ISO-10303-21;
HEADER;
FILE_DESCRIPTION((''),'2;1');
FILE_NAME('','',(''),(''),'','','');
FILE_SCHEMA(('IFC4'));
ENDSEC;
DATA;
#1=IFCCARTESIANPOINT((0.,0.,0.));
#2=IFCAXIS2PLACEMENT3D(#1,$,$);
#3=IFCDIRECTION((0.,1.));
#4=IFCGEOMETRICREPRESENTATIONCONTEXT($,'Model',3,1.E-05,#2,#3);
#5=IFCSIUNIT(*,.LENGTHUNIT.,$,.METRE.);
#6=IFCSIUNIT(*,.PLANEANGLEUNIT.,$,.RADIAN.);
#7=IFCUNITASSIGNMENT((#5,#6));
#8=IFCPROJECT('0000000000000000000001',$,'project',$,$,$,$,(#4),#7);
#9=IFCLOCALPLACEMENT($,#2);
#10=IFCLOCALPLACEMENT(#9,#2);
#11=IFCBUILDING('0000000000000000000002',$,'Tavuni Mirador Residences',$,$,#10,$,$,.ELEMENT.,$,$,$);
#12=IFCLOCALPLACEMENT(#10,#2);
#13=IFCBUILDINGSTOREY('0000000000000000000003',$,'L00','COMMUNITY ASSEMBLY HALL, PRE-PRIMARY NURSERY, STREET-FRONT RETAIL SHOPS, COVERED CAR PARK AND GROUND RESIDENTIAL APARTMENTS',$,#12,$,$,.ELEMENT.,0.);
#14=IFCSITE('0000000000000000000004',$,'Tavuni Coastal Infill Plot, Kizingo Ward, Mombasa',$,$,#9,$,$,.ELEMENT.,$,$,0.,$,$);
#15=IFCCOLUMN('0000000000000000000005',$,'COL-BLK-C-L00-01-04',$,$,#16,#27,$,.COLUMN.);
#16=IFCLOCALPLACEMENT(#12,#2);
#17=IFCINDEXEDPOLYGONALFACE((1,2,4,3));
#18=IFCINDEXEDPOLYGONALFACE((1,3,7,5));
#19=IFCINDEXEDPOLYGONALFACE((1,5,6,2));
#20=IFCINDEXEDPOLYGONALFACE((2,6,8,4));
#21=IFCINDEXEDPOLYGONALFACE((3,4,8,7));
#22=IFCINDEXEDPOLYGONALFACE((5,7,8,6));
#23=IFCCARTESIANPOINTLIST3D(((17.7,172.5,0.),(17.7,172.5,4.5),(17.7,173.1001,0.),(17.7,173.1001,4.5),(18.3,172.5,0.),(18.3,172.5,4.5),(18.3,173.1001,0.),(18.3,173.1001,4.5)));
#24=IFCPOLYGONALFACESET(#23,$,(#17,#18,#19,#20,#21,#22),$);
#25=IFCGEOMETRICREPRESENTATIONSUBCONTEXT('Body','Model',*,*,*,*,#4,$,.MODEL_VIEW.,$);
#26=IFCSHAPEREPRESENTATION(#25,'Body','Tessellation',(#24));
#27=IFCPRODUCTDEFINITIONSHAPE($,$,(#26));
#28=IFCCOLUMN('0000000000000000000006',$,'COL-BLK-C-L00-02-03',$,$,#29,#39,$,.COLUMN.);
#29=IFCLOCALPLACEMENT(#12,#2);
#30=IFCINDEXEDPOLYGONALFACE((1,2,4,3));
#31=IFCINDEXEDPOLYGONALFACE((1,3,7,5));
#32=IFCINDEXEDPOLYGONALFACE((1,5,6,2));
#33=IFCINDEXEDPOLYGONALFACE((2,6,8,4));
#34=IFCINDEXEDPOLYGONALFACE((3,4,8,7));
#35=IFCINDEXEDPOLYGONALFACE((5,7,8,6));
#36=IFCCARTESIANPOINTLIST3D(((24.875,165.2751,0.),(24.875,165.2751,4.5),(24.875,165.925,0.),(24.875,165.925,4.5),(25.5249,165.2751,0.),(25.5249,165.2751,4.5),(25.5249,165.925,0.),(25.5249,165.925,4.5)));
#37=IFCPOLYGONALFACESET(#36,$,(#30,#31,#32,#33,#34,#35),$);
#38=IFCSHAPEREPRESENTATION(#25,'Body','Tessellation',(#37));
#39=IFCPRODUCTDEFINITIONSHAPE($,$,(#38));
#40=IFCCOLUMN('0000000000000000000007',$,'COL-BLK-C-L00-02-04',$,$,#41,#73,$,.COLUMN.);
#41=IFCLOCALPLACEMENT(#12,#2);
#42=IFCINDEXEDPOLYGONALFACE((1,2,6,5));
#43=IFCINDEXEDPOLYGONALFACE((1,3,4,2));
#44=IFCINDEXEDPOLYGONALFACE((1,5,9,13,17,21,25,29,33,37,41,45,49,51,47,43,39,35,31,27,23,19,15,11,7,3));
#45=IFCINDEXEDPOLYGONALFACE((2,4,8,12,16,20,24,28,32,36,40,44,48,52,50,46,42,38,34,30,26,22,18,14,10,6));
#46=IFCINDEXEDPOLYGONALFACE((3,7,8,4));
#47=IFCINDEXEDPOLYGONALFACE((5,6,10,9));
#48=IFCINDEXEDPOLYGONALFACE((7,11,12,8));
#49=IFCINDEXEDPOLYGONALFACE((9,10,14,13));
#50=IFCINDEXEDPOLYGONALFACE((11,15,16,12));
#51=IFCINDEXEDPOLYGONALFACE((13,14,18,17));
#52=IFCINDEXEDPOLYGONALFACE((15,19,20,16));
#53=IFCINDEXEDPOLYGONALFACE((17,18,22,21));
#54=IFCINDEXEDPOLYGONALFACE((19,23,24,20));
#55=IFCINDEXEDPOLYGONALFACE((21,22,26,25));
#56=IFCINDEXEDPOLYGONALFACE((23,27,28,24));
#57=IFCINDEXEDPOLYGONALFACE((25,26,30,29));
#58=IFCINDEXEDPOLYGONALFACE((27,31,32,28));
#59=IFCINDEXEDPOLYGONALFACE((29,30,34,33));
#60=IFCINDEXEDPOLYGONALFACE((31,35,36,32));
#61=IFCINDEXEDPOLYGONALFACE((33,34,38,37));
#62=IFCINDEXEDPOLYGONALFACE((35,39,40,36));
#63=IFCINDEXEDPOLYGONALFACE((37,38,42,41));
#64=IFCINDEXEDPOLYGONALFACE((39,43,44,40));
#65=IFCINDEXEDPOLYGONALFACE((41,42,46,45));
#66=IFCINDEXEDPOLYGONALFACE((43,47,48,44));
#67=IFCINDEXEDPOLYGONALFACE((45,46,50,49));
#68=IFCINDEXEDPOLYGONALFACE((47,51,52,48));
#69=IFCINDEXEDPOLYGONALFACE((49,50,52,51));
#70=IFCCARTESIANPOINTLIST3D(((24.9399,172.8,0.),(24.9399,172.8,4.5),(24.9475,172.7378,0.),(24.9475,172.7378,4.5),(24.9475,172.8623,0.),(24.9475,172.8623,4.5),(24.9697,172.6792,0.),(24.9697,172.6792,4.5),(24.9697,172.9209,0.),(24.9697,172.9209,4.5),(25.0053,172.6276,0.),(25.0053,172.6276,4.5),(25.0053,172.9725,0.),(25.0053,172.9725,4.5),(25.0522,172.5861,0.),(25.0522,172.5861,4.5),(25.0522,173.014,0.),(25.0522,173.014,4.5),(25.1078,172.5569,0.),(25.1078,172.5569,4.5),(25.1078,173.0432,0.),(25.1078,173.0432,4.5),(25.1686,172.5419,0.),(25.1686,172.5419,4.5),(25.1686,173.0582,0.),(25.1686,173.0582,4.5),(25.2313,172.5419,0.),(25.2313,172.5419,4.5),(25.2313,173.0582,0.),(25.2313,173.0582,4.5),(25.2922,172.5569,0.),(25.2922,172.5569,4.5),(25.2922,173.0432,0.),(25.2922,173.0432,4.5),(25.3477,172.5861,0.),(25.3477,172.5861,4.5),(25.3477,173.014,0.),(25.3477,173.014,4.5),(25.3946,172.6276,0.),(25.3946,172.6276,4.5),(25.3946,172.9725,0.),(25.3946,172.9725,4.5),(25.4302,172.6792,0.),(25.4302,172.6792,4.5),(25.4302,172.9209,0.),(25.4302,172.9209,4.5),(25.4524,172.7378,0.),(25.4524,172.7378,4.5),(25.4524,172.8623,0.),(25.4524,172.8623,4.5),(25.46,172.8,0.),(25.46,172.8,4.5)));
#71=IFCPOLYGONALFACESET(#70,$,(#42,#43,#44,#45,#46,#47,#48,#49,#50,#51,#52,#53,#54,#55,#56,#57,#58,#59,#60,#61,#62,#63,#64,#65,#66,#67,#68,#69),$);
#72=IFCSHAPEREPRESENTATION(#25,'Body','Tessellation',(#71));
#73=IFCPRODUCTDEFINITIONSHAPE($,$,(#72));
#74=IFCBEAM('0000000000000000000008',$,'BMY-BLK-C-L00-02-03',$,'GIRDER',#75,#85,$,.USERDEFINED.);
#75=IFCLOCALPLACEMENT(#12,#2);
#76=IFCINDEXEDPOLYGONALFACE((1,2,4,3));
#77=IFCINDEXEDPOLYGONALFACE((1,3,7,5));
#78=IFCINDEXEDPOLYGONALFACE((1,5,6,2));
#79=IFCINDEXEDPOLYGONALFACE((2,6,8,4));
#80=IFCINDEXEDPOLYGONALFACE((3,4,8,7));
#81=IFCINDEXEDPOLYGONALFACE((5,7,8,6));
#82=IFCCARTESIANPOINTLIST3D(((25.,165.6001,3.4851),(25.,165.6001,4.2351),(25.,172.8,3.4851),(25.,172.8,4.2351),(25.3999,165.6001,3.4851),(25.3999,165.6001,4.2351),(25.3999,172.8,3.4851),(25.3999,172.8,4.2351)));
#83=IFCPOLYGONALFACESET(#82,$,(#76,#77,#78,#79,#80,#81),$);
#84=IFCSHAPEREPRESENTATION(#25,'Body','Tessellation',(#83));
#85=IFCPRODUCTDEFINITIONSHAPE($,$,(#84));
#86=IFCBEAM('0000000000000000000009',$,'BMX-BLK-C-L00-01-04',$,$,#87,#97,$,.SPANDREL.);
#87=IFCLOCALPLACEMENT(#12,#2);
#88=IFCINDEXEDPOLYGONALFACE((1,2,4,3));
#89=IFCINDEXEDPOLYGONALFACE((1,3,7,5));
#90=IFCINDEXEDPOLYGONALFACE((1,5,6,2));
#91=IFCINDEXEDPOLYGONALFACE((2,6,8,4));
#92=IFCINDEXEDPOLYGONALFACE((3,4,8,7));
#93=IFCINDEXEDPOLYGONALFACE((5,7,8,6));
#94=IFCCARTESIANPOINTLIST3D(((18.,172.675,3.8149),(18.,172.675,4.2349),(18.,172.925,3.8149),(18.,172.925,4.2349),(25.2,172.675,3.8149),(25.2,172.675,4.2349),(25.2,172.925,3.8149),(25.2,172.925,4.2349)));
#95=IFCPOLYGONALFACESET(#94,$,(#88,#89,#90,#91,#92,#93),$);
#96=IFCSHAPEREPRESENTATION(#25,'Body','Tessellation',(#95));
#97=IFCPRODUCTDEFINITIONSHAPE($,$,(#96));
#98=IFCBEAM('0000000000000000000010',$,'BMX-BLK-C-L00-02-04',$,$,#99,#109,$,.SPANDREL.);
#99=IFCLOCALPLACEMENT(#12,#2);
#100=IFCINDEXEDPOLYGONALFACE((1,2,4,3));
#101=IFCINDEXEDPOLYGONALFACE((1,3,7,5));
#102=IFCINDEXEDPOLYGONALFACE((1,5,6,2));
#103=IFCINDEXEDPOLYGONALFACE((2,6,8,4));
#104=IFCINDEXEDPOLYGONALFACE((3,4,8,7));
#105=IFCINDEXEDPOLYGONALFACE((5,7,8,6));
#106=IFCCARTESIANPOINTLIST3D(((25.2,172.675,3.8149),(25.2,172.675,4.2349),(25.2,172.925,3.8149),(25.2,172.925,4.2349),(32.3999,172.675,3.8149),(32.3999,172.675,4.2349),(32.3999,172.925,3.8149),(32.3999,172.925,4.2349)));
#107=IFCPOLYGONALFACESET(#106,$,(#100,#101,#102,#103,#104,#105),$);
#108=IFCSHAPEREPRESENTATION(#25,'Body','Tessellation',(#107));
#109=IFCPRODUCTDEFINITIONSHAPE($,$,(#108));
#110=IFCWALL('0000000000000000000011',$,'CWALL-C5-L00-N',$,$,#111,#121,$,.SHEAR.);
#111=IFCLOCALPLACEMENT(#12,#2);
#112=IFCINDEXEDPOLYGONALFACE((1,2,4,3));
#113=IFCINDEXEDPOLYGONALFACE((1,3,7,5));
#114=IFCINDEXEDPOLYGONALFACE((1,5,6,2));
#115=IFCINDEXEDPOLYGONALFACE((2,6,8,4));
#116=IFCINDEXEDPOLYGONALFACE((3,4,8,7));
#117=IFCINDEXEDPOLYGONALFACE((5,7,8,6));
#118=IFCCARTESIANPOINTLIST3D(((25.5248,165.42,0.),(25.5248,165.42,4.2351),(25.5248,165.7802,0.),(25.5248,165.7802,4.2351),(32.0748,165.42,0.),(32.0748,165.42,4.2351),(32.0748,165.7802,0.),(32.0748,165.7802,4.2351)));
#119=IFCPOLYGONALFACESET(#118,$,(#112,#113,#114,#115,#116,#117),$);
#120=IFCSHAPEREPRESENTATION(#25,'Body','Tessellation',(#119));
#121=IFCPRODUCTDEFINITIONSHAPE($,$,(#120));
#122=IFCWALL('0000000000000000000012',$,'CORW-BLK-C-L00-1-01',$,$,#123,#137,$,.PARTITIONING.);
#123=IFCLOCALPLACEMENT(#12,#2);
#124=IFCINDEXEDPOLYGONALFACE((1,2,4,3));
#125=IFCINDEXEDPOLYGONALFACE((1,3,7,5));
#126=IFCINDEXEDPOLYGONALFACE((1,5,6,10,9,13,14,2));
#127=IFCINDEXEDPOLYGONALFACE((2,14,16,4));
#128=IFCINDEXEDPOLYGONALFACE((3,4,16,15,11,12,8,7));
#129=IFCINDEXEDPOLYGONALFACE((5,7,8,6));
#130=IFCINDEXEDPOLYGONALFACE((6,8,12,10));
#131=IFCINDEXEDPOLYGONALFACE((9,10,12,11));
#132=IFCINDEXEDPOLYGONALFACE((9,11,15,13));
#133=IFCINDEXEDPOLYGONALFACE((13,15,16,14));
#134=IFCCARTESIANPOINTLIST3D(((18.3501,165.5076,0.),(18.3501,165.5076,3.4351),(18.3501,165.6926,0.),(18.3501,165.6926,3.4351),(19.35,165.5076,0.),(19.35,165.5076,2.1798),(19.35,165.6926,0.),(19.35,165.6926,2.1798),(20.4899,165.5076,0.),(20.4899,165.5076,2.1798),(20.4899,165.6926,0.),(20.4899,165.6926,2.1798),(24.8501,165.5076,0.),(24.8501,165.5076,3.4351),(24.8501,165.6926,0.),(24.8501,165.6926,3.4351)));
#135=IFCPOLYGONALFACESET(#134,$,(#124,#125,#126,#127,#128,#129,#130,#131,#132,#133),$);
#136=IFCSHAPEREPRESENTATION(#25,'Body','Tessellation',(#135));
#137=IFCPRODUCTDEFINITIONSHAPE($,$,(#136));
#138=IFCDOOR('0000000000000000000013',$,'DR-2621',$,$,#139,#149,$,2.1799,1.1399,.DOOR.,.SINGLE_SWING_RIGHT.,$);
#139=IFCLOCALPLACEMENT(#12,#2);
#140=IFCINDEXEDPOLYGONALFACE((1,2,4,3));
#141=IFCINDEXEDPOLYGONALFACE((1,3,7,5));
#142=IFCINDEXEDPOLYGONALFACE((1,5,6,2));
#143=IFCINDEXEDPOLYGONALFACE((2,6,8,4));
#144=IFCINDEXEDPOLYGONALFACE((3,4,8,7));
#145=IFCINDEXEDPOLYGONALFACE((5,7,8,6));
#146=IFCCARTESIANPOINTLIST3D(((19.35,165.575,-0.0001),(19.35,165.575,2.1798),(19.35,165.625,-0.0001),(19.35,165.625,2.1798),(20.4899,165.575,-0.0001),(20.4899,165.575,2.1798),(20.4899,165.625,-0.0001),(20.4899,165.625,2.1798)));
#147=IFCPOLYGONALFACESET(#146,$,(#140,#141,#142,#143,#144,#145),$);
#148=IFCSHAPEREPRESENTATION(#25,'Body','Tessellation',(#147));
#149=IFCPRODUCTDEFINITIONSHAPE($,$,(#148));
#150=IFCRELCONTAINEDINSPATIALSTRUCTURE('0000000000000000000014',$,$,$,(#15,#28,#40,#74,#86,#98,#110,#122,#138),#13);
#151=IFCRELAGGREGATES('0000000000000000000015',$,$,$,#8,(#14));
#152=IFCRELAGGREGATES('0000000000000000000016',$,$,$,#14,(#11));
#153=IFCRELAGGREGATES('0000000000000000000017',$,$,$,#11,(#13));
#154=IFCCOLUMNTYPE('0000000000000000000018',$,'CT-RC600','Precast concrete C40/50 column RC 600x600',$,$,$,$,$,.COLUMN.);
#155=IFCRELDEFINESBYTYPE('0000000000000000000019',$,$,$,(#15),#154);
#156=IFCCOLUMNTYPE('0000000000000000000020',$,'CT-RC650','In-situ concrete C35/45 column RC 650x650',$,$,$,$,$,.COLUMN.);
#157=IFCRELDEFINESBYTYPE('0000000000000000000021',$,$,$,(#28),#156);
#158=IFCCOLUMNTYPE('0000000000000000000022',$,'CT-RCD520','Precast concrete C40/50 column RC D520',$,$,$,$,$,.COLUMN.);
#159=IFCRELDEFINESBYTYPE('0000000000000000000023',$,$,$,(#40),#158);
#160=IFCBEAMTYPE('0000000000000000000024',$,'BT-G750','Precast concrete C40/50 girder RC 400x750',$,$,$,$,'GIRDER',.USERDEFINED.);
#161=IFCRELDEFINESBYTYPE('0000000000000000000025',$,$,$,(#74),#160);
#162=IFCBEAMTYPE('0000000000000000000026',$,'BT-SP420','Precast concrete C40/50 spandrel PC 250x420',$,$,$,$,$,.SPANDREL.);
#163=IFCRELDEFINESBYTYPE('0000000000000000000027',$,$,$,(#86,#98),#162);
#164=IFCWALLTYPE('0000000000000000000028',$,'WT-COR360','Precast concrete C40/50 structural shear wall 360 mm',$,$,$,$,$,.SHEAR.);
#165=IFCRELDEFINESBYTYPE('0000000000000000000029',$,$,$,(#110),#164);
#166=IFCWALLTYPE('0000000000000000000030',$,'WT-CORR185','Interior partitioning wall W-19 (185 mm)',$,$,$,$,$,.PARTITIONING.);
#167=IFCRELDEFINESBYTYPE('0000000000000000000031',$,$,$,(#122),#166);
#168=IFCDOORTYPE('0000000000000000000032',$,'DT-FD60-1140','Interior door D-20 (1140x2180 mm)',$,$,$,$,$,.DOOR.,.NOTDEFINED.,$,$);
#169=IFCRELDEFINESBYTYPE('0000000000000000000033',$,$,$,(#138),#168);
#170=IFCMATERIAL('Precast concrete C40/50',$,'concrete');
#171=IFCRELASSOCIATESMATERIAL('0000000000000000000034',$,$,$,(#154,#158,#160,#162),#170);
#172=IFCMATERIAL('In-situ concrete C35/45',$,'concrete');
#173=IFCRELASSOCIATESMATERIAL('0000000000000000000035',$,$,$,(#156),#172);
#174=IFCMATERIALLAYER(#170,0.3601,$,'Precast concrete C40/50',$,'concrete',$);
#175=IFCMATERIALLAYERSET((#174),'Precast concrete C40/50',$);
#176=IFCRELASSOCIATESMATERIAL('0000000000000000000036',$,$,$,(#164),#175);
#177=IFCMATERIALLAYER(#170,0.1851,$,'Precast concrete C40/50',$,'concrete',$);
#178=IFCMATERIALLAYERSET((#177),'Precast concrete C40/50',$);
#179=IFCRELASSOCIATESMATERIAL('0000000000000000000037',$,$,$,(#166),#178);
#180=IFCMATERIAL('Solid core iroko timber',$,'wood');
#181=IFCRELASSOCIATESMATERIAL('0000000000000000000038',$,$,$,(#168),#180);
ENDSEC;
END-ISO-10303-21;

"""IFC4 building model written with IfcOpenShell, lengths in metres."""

from ifc_helpers import new_model, si_unit, direction, frame, frame_2d, origin, origin_2d, place, context, subcontext, project, spatial, rectangle, circle, extrude, material, layer, layer_set, material_profile, profile_set, type_object, element, fill, save


model = new_model("IFC4")

# Units and contexts
model_context = context("Model", 3, precision=1e-05, world=origin(), true_north=direction((0.0, 1.0)))
body_context = subcontext(model_context, "Body", "Model", "MODEL_VIEW")
ifc_project = project(units=[si_unit("LENGTHUNIT", "METRE"), si_unit("PLANEANGLEUNIT", "RADIAN")], contexts=[model_context])

# Site, building, storey
site_placement = place(None, origin())
site = spatial("IfcSite", under=ifc_project, at=site_placement, Name="Tavuni Coastal Infill Plot, Kizingo Ward, Mombasa", CompositionType="ELEMENT", RefElevation=0.0)
building_placement = place(site_placement, origin())
building = spatial("IfcBuilding", under=site, at=building_placement, Name="Tavuni Mirador Residences", CompositionType="ELEMENT")
storey_placement = place(building_placement, origin())
storey = spatial("IfcBuildingStorey", under=building, at=storey_placement, Name="L00", Description="COMMUNITY ASSEMBLY HALL, PRE-PRIMARY NURSERY, STREET-FRONT RETAIL SHOPS, COVERED CAR PARK AND GROUND RESIDENTIAL APARTMENTS", CompositionType="ELEMENT", Elevation=0.0)

# Columns
ifc_material_1 = material(Name="Precast concrete C40/50", Category="concrete")
ifc_material_profile_1 = material_profile(ifc_material_1, rectangle(XDim=0.6001, YDim=0.6001, at=origin_2d()), Name="RC 600x600", Category="concrete")
ifc_profile_set_1 = profile_set([ifc_material_profile_1], Name="Precast concrete C40/50")
column_type_1 = type_object("IfcColumnType", Name="CT-RC600", Description="Precast concrete C40/50 column RC 600x600", PredefinedType="COLUMN", material=ifc_profile_set_1)
column_1_placement = place(storey_placement, frame((18.0, 172.8, 0.0), z_axis=(0.0, 0.0, 1.0), x_axis=(1.0, 0.0, 0.0)))
element("IfcColumn", 1, at=column_1_placement, inside=storey, type_object=column_type_1, Name="COL-BLK-C-L00-01-04", PredefinedType="COLUMN", context=body_context, shape_type="SweptSolid", body=[
    extrude(rectangle(XDim=0.6001, YDim=0.6001, at=origin_2d()), origin(), (0.0, 0.0, 1.0), 4.5),
])
ifc_material_2 = material(Name="In-situ concrete C35/45", Category="concrete")
ifc_material_profile_2 = material_profile(ifc_material_2, rectangle(XDim=0.6499, YDim=0.6499, at=origin_2d()), Name="RC 650x650", Category="concrete")
ifc_profile_set_2 = profile_set([ifc_material_profile_2], Name="In-situ concrete C35/45")
column_type_2 = type_object("IfcColumnType", Name="CT-RC650", Description="In-situ concrete C35/45 column RC 650x650", PredefinedType="COLUMN", material=ifc_profile_set_2)
column_2_placement = place(storey_placement, frame((25.2, 165.6001, 0.0), z_axis=(0.0, 0.0, 1.0), x_axis=(1.0, 0.0, 0.0)))
element("IfcColumn", 2, at=column_2_placement, inside=storey, type_object=column_type_2, Name="COL-BLK-C-L00-02-03", PredefinedType="COLUMN", context=body_context, shape_type="SweptSolid", body=[
    extrude(rectangle(XDim=0.6499, YDim=0.6499, at=origin_2d()), origin(), (0.0, 0.0, 1.0), 4.5),
])
ifc_material_profile_3 = material_profile(ifc_material_1, circle(Radius=0.26, at=origin_2d()), Name="RC D520", Category="concrete")
ifc_profile_set_3 = profile_set([ifc_material_profile_3], Name="Precast concrete C40/50")
column_type_3 = type_object("IfcColumnType", Name="CT-RCD520", Description="Precast concrete C40/50 column RC D520", PredefinedType="COLUMN", material=ifc_profile_set_3)
column_3_placement = place(storey_placement, frame((25.2, 172.8, 0.0), z_axis=(0.0, 0.0, 1.0), x_axis=(1.0, 0.0, 0.0)))
element("IfcColumn", 3, at=column_3_placement, inside=storey, type_object=column_type_3, Name="COL-BLK-C-L00-02-04", PredefinedType="COLUMN", context=body_context, shape_type="SweptSolid", body=[
    extrude(circle(Radius=0.26, at=origin_2d()), origin(), (0.0, 0.0, 1.0), 4.5),
])

# Beams
ifc_material_profile_4 = material_profile(ifc_material_1, rectangle(XDim=0.3999, YDim=0.75, at=origin_2d()), Name="RC 400x750", Category="concrete")
ifc_profile_set_4 = profile_set([ifc_material_profile_4], Name="Precast concrete C40/50")
beam_type_1 = type_object("IfcBeamType", Name="BT-G750", Description="Precast concrete C40/50 girder RC 400x750", ElementType="GIRDER", PredefinedType="USERDEFINED", material=ifc_profile_set_4)
beam_placement = place(storey_placement, frame((25.2, 165.6001, 3.8601), z_axis=(0.0, 1.0, 0.0), x_axis=(-1.0, 0.0, 0.0)))
element("IfcBeam", 4, at=beam_placement, inside=storey, type_object=beam_type_1, Name="BMY-BLK-C-L00-02-03", ObjectType="GIRDER", PredefinedType="USERDEFINED", context=body_context, shape_type="SweptSolid", body=[
    extrude(rectangle(XDim=0.3999, YDim=0.75, at=origin_2d()), origin(), (0.0, 0.0, 1.0), 7.2),
])
ifc_material_profile_5 = material_profile(ifc_material_1, rectangle(XDim=0.25, YDim=0.4199, at=origin_2d()), Name="PC 250x420", Category="concrete")
ifc_profile_set_5 = profile_set([ifc_material_profile_5], Name="Precast concrete C40/50")
beam_type_2 = type_object("IfcBeamType", Name="BT-SP420", Description="Precast concrete C40/50 spandrel PC 250x420", PredefinedType="SPANDREL", material=ifc_profile_set_5)
for number, where, z_axis, x_axis, name in (
    (5, (18.0, 172.8, 4.0249), (1.0, 0.0, 0.0), (0.0, 1.0, 0.0), "BMX-BLK-C-L00-01-04"),
    (6, (25.2, 172.8, 4.0249), (1.0, 0.0, 0.0), (0.0, 1.0, 0.0), "BMX-BLK-C-L00-02-04"),
):
    element("IfcBeam", number, at=place(storey_placement, frame(where, z_axis=z_axis, x_axis=x_axis)), inside=storey, type_object=beam_type_2, Name=name, PredefinedType="SPANDREL", context=body_context, shape_type="SweptSolid", body=[
        extrude(rectangle(XDim=0.25, YDim=0.4199, at=origin_2d()), origin(), (0.0, 0.0, 1.0), 7.2),
    ])

# Wall
ifc_layer_1 = layer(ifc_material_1, 0.3601, Name="Precast concrete C40/50", Category="concrete")
ifc_layer_set_1 = layer_set([ifc_layer_1], Name="Precast concrete C40/50")
wall_type_1 = type_object("IfcWallType", Name="WT-COR360", Description="Precast concrete C40/50 structural shear wall 360 mm", PredefinedType="SHEAR", material=ifc_layer_set_1)
wall_1_placement = place(storey_placement, frame((25.5249, 165.6001, 0.0), z_axis=(0.0, 0.0, 1.0), x_axis=(1.0, 0.0, 0.0)))
element("IfcWall", 7, at=wall_1_placement, inside=storey, type_object=wall_type_1, Name="CWALL-C5-L00-N", PredefinedType="SHEAR", context=body_context, shape_type="SweptSolid", body=[
    extrude(rectangle(XDim=6.55, YDim=0.3601, at=frame_2d((3.2749, 0.0))), origin(), (0.0, 0.0, 1.0), 4.2351),
])

# Wall, opening, door
ifc_layer_2 = layer(ifc_material_1, 0.1851, Name="Precast concrete C40/50", Category="concrete")
ifc_layer_set_2 = layer_set([ifc_layer_2], Name="Precast concrete C40/50")
wall_type_2 = type_object("IfcWallType", Name="WT-CORR185", Description="Interior partitioning wall W-19 (185 mm)", PredefinedType="PARTITIONING", material=ifc_layer_set_2)
wall_2_placement = place(storey_placement, frame((18.3501, 165.6001, 0.0), z_axis=(0.0, 0.0, 1.0), x_axis=(1.0, 0.0, 0.0)))
wall_2 = element("IfcWall", 8, at=wall_2_placement, inside=storey, type_object=wall_type_2, Name="CORW-BLK-C-L00-1-01", PredefinedType="PARTITIONING", context=body_context, shape_type="SweptSolid", body=[
    extrude(rectangle(XDim=6.5, YDim=0.1851, at=frame_2d((3.25, 0.0))), origin(), (0.0, 0.0, 1.0), 3.4351),
])
opening_1_placement = place(wall_2_placement, frame((1.0, 0.0, 0.0)))
opening_1 = element("IfcOpeningElement", 9, at=opening_1_placement, cuts=wall_2, PredefinedType="OPENING", context=body_context, shape_type="SweptSolid", body=[
    extrude(rectangle(XDim=1.1399, YDim=2.1799, at=frame_2d((0.5698, 1.0898))), frame((0.0, 0.1025, 0.0), z_axis=(0.0, -1.0, 0.0), x_axis=(1.0, 0.0, 0.0)), (0.0, 0.0, 1.0), 0.2051),
])
ifc_material_3 = material(Name="Solid core iroko timber", Category="wood")
door_type_1 = type_object("IfcDoorType", Name="DT-FD60-1140", Description="Interior door D-20 (1140x2180 mm)", OperationType="NOTDEFINED", PredefinedType="DOOR", material=ifc_material_3)
door_1_placement = place(opening_1_placement, origin())
door_1 = element("IfcDoor", 10, at=door_1_placement, inside=storey, type_object=door_type_1, Name="DR-2621", OperationType="SINGLE_SWING_RIGHT", OverallHeight=2.1799, OverallWidth=1.1399, PredefinedType="DOOR", context=body_context, shape_type="SweptSolid", body=[
    extrude(rectangle(XDim=1.1399, YDim=2.1799, at=frame_2d((0.5698, 1.0898))), frame((0.0, 0.0249, 0.0), z_axis=(0.0, -1.0, 0.0), x_axis=(1.0, 0.0, 0.0)), (0.0, 0.0, 1.0), 0.05),
])
fill(opening_1, door_1)

save(model, "model.ifc")
